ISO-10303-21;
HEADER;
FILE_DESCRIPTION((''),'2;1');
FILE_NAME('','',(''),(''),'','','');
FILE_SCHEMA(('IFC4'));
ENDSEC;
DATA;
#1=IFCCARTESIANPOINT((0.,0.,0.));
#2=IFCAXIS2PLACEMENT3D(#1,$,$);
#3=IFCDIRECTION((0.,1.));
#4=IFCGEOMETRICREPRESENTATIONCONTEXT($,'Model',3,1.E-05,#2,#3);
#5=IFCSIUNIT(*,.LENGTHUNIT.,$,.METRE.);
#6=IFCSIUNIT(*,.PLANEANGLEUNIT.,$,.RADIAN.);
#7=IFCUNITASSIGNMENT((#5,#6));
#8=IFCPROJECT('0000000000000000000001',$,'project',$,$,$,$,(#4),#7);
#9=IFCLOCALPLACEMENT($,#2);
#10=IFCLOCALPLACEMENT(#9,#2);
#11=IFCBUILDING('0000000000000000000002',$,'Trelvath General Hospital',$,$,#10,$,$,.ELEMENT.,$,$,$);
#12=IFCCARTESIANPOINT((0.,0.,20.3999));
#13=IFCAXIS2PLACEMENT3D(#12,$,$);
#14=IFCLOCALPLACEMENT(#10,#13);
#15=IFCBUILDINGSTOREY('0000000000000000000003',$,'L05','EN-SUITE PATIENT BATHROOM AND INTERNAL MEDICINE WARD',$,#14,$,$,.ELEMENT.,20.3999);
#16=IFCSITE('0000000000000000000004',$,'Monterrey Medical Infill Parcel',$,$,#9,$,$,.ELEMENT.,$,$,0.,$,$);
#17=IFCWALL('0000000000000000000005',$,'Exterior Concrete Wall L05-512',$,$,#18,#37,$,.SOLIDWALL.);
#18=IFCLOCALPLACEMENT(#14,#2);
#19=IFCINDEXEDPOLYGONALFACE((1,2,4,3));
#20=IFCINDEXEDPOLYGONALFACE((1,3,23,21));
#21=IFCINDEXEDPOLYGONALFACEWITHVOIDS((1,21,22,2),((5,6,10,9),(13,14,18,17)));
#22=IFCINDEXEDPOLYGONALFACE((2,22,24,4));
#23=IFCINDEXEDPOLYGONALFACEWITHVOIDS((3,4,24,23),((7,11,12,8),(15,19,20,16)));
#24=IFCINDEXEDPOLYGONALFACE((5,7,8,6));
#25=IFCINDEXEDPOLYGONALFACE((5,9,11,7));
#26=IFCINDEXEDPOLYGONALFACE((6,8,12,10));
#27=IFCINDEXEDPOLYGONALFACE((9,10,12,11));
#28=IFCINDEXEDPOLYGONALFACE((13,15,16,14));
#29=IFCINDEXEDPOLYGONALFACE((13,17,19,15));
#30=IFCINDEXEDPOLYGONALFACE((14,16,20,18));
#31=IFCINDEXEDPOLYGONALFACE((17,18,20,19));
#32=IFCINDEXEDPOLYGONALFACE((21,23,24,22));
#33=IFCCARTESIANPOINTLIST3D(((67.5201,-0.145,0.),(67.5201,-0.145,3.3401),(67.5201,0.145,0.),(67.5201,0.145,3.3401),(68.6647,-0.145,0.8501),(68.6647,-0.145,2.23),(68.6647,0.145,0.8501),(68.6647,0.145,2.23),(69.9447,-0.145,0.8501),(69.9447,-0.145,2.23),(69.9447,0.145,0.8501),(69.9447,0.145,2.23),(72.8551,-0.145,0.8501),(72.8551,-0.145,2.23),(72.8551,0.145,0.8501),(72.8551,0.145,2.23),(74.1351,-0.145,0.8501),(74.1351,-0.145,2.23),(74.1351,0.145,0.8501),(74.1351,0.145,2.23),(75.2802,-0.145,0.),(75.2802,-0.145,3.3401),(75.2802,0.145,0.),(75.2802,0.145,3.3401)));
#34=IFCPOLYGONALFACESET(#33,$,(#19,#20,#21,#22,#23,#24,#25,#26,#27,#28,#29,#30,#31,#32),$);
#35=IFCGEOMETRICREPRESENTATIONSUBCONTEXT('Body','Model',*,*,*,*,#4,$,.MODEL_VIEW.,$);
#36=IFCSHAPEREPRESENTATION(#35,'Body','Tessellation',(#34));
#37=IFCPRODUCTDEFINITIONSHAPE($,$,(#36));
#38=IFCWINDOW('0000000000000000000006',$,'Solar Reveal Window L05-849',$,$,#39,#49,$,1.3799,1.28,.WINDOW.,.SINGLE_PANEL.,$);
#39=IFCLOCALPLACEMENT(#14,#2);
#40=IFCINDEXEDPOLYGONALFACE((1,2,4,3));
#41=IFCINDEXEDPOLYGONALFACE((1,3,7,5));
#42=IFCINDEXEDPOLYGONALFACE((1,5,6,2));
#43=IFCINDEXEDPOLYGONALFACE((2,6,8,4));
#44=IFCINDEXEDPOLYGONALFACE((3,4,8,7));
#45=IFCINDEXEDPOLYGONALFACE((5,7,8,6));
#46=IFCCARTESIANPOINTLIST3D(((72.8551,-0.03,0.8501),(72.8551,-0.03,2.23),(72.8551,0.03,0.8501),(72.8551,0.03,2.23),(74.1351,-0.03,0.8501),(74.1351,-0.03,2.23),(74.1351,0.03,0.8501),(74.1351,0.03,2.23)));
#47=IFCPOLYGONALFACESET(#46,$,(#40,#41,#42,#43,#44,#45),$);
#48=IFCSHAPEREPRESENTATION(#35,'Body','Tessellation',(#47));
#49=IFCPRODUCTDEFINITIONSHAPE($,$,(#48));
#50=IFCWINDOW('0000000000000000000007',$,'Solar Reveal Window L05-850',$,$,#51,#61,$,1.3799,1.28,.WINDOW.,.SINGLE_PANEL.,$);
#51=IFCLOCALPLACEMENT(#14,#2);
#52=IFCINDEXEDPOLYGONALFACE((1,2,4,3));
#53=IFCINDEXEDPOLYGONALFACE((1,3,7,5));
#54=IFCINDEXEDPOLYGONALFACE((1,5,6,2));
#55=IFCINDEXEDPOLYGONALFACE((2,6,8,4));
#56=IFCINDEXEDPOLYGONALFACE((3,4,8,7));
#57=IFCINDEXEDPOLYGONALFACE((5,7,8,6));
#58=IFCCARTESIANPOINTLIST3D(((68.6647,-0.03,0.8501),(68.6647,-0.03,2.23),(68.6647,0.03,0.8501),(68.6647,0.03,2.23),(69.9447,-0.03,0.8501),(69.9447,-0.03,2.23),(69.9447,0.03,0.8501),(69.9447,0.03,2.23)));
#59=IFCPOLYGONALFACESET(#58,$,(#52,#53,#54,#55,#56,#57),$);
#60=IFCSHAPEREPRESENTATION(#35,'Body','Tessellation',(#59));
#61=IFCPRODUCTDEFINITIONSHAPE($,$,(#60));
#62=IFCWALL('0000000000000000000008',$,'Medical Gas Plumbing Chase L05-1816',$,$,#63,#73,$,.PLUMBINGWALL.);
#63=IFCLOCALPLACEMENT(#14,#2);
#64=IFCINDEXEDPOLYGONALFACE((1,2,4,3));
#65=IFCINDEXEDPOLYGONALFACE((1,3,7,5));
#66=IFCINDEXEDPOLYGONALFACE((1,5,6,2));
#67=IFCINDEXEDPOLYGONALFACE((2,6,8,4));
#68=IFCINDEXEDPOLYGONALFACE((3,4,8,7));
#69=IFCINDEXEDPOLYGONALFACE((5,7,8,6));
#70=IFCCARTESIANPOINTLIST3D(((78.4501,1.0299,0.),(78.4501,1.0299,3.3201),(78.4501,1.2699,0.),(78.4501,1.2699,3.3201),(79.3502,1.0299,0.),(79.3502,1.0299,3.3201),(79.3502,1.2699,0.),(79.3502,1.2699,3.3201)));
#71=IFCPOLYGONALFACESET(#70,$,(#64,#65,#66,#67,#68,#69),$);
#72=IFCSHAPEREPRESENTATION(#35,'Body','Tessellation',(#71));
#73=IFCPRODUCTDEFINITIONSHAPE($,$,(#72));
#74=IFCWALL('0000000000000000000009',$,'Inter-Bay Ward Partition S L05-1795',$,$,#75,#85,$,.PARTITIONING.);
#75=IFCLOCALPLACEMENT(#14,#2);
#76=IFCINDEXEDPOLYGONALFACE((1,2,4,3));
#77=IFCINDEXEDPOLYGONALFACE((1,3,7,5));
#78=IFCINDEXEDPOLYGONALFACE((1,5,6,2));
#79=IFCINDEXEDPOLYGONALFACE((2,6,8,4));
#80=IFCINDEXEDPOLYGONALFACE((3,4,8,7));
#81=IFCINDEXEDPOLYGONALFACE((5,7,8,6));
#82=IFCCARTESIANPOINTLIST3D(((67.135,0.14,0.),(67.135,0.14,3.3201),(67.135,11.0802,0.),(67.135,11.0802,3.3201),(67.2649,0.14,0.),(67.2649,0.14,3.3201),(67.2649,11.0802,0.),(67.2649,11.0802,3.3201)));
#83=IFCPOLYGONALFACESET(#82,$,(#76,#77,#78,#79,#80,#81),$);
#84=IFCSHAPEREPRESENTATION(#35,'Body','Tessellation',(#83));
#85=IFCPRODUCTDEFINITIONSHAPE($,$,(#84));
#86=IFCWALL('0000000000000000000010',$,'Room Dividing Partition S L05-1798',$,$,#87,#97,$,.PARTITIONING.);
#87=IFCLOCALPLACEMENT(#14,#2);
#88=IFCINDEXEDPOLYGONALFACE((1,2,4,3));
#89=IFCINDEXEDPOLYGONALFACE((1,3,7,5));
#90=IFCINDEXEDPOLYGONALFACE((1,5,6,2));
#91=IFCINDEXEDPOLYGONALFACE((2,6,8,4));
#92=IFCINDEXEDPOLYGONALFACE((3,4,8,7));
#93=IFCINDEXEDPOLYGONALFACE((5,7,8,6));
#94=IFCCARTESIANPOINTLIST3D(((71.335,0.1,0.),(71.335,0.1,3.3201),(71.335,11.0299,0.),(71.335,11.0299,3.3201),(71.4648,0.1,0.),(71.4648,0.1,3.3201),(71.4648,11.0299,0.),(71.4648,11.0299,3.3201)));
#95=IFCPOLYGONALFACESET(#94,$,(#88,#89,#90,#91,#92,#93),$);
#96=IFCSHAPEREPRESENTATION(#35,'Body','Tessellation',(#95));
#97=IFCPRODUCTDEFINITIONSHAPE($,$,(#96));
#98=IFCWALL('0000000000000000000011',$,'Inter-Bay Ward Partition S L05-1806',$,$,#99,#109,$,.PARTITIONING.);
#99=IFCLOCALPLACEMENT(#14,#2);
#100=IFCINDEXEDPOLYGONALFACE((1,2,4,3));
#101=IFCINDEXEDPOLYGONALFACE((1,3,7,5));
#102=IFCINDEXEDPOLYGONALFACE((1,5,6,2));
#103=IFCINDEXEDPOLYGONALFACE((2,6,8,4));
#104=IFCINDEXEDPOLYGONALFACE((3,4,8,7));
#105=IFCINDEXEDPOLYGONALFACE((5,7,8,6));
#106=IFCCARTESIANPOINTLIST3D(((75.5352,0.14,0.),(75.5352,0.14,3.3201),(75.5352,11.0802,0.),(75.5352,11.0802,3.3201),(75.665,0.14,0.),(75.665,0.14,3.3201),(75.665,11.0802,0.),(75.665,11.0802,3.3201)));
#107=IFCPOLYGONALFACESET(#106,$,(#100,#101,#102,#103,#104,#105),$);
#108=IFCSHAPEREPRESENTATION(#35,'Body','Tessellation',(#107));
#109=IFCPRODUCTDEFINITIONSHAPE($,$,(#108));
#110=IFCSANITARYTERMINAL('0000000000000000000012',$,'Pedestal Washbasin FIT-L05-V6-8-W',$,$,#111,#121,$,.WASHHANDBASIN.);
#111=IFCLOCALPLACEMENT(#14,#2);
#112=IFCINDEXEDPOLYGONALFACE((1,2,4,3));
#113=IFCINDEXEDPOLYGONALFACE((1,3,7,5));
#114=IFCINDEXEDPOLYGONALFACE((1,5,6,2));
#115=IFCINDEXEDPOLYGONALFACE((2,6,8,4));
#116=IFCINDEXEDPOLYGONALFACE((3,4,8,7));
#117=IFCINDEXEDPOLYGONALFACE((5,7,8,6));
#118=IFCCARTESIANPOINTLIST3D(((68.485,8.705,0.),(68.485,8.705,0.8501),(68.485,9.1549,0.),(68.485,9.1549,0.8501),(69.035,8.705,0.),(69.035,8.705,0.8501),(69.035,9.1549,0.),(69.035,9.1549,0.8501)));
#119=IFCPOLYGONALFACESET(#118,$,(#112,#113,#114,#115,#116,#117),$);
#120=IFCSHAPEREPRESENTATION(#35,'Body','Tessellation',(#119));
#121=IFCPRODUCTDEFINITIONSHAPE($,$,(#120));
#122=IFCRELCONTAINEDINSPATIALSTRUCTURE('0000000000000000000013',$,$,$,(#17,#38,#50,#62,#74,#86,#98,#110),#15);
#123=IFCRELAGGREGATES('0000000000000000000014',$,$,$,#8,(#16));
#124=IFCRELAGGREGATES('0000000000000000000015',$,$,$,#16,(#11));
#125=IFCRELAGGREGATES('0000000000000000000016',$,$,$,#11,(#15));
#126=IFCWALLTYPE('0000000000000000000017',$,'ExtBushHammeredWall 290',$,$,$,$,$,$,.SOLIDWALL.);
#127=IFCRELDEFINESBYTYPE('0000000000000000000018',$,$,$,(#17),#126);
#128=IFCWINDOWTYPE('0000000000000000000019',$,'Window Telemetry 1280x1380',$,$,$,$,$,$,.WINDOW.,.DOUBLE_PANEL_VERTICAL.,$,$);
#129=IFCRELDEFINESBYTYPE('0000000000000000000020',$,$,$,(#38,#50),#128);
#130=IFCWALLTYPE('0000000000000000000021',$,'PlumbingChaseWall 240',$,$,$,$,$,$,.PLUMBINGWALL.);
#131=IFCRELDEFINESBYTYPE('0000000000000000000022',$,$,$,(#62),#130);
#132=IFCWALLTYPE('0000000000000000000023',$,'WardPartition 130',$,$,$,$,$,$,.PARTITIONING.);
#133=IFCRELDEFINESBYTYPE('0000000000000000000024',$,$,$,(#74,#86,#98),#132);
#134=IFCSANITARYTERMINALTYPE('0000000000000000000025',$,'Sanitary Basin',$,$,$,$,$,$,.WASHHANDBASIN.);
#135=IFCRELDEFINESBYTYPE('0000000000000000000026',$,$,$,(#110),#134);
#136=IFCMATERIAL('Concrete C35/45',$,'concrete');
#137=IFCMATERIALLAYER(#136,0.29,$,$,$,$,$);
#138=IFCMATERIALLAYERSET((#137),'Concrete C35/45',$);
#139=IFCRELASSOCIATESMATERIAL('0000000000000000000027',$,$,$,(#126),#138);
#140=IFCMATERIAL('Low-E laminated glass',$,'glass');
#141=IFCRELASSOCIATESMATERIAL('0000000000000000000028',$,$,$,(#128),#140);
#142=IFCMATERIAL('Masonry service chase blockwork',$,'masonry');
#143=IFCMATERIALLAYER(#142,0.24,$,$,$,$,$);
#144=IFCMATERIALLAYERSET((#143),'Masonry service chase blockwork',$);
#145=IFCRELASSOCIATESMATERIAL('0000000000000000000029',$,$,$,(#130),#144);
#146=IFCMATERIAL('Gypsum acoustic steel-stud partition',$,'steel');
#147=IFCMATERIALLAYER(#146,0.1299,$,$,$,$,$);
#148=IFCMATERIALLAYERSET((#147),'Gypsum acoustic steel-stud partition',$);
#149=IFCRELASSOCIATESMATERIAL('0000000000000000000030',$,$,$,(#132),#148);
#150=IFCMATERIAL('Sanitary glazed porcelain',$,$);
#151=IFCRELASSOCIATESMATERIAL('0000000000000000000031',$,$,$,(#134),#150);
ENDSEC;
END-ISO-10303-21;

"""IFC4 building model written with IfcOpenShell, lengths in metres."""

from ifc_helpers import new_model, si_unit, direction, frame, frame_2d, origin, origin_2d, place, context, subcontext, project, spatial, rectangle, extrude, material, layer, layer_set, type_object, element, fill, save


model = new_model("IFC4")

# Units and contexts
model_context = context("Model", 3, precision=1e-05, world=origin(), true_north=direction((0.0, 1.0)))
body_context = subcontext(model_context, "Body", "Model", "MODEL_VIEW")
ifc_project = project(units=[si_unit("LENGTHUNIT", "METRE"), si_unit("PLANEANGLEUNIT", "RADIAN")], contexts=[model_context])

# Site, building, storey
site_placement = place(None, origin())
site = spatial("IfcSite", under=ifc_project, at=site_placement, Name="Monterrey Medical Infill Parcel", CompositionType="ELEMENT", RefElevation=0.0)
building_placement = place(site_placement, origin())
building = spatial("IfcBuilding", under=site, at=building_placement, Name="Trelvath General Hospital", CompositionType="ELEMENT")
storey_placement = place(building_placement, frame((0.0, 0.0, 20.3999)))
storey = spatial("IfcBuildingStorey", under=building, at=storey_placement, Name="L05", Description="EN-SUITE PATIENT BATHROOM AND INTERNAL MEDICINE WARD", CompositionType="ELEMENT", Elevation=20.3999)

# Wall, openings, windows
ifc_material_1 = material(Name="Concrete C35/45", Category="concrete")
ifc_layer_1 = layer(ifc_material_1, 0.29)
ifc_layer_set_1 = layer_set([ifc_layer_1], Name="Concrete C35/45")
wall_type_1 = type_object("IfcWallType", Name="ExtBushHammeredWall 290", PredefinedType="SOLIDWALL", material=ifc_layer_set_1)
wall_1_placement = place(storey_placement, frame((75.28, 0.0, 0.0), z_axis=(0.0, 0.0, 1.0), x_axis=(-1.0, 0.0, 0.0)))
wall_1 = element("IfcWall", 1, at=wall_1_placement, inside=storey, type_object=wall_type_1, Name="Exterior Concrete Wall L05-512", PredefinedType="SOLIDWALL", context=body_context, shape_type="SweptSolid", body=[
    extrude(rectangle(XDim=7.76, YDim=0.29, at=frame_2d((3.8799, 0.0))), origin(), (0.0, 0.0, 1.0), 3.3401),
])
opening_1_placement = place(wall_1_placement, frame((1.1448, 0.0, 0.8501)))
opening_1 = element("IfcOpeningElement", 2, at=opening_1_placement, cuts=wall_1, PredefinedType="OPENING", context=body_context, shape_type="SweptSolid", body=[
    extrude(rectangle(XDim=1.28, YDim=1.3799, at=frame_2d((0.6401, 0.6899))), frame((0.0, 0.155, 0.0), z_axis=(0.0, -1.0, 0.0), x_axis=(1.0, 0.0, 0.0)), (0.0, 0.0, 1.0), 0.3101),
])
opening_2_placement = place(wall_1_placement, frame((5.3352, 0.0, 0.8501)))
opening_2 = element("IfcOpeningElement", 3, at=opening_2_placement, cuts=wall_1, PredefinedType="OPENING", context=body_context, shape_type="SweptSolid", body=[
    extrude(rectangle(XDim=1.28, YDim=1.3799, at=frame_2d((0.6401, 0.6899))), frame((0.0, 0.155, 0.0), z_axis=(0.0, -1.0, 0.0), x_axis=(1.0, 0.0, 0.0)), (0.0, 0.0, 1.0), 0.3101),
])
ifc_material_2 = material(Name="Low-E laminated glass", Category="glass")
window_type = type_object("IfcWindowType", Name="Window Telemetry 1280x1380", PartitioningType="DOUBLE_PANEL_VERTICAL", PredefinedType="WINDOW", material=ifc_material_2)
window_1_placement = place(opening_1_placement, origin())
window_1 = element("IfcWindow", 4, at=window_1_placement, inside=storey, type_object=window_type, Name="Solar Reveal Window L05-849", OverallHeight=1.3799, OverallWidth=1.28, PartitioningType="SINGLE_PANEL", PredefinedType="WINDOW", context=body_context, shape_type="SweptSolid", body=[
    extrude(rectangle(XDim=1.28, YDim=1.3799, at=frame_2d((0.6401, 0.6899))), frame((0.0, 0.03, 0.0), z_axis=(0.0, -1.0, 0.0), x_axis=(1.0, 0.0, 0.0)), (0.0, 0.0, 1.0), 0.0601),
])
fill(opening_1, window_1)
window_2_placement = place(opening_2_placement, origin())
window_2 = element("IfcWindow", 5, at=window_2_placement, inside=storey, type_object=window_type, Name="Solar Reveal Window L05-850", OverallHeight=1.3799, OverallWidth=1.28, PartitioningType="SINGLE_PANEL", PredefinedType="WINDOW", context=body_context, shape_type="SweptSolid", body=[
    extrude(rectangle(XDim=1.28, YDim=1.3799, at=frame_2d((0.6401, 0.6899))), frame((0.0, 0.03, 0.0), z_axis=(0.0, -1.0, 0.0), x_axis=(1.0, 0.0, 0.0)), (0.0, 0.0, 1.0), 0.0601),
])
fill(opening_2, window_2)

# Walls
ifc_material_3 = material(Name="Masonry service chase blockwork", Category="masonry")
ifc_layer_2 = layer(ifc_material_3, 0.24)
ifc_layer_set_2 = layer_set([ifc_layer_2], Name="Masonry service chase blockwork")
wall_type_2 = type_object("IfcWallType", Name="PlumbingChaseWall 240", PredefinedType="PLUMBINGWALL", material=ifc_layer_set_2)
wall_2_placement = place(storey_placement, frame((78.45, 1.1499, 0.0), z_axis=(0.0, 0.0, 1.0), x_axis=(1.0, 0.0, 0.0)))
element("IfcWall", 6, at=wall_2_placement, inside=storey, type_object=wall_type_2, Name="Medical Gas Plumbing Chase L05-1816", PredefinedType="PLUMBINGWALL", context=body_context, shape_type="SweptSolid", body=[
    extrude(rectangle(XDim=0.9001, YDim=0.24, at=frame_2d((0.4502, 0.0))), origin(), (0.0, 0.0, 1.0), 3.3201),
])
ifc_material_4 = material(Name="Gypsum acoustic steel-stud partition", Category="steel")
ifc_layer_3 = layer(ifc_material_4, 0.1299)
ifc_layer_set_3 = layer_set([ifc_layer_3], Name="Gypsum acoustic steel-stud partition")
wall_type_3 = type_object("IfcWallType", Name="WardPartition 130", PredefinedType="PARTITIONING", material=ifc_layer_set_3)
wall_3_placement = place(storey_placement, frame((67.2, 0.1399, 0.0), z_axis=(0.0, 0.0, 1.0), x_axis=(0.0, 1.0, 0.0)))
element("IfcWall", 7, at=wall_3_placement, inside=storey, type_object=wall_type_3, Name="Inter-Bay Ward Partition S L05-1795", PredefinedType="PARTITIONING", context=body_context, shape_type="SweptSolid", body=[
    extrude(rectangle(XDim=10.9402, YDim=0.1299, at=frame_2d((5.4702, 0.0))), origin(), (0.0, 0.0, 1.0), 3.3201),
])
wall_4_placement = place(storey_placement, frame((71.3999, 0.1001, 0.0), z_axis=(0.0, 0.0, 1.0), x_axis=(0.0, 1.0, 0.0)))
element("IfcWall", 8, at=wall_4_placement, inside=storey, type_object=wall_type_3, Name="Room Dividing Partition S L05-1798", PredefinedType="PARTITIONING", context=body_context, shape_type="SweptSolid", body=[
    extrude(rectangle(XDim=10.9299, YDim=0.1299, at=frame_2d((5.4648, 0.0))), origin(), (0.0, 0.0, 1.0), 3.3201),
])
wall_5_placement = place(storey_placement, frame((75.6001, 0.1399, 0.0), z_axis=(0.0, 0.0, 1.0), x_axis=(0.0, 1.0, 0.0)))
element("IfcWall", 9, at=wall_5_placement, inside=storey, type_object=wall_type_3, Name="Inter-Bay Ward Partition S L05-1806", PredefinedType="PARTITIONING", context=body_context, shape_type="SweptSolid", body=[
    extrude(rectangle(XDim=10.9402, YDim=0.1299, at=frame_2d((5.4702, 0.0))), origin(), (0.0, 0.0, 1.0), 3.3201),
])

# Sanitary terminal
ifc_material_5 = material(Name="Sanitary glazed porcelain")
sanitary_terminal_type = type_object("IfcSanitaryTerminalType", Name="Sanitary Basin", PredefinedType="WASHHANDBASIN", material=ifc_material_5)
sanitary_terminal_placement = place(storey_placement, frame((68.76, 8.9299, 0.0), z_axis=(0.0, 0.0, 1.0), x_axis=(1.0, 0.0, 0.0)))
element("IfcSanitaryTerminal", 10, at=sanitary_terminal_placement, inside=storey, type_object=sanitary_terminal_type, Name="Pedestal Washbasin FIT-L05-V6-8-W", PredefinedType="WASHHANDBASIN", context=body_context, shape_type="SweptSolid", body=[
    extrude(rectangle(XDim=0.55, YDim=0.45, at=origin_2d()), origin(), (0.0, 0.0, 1.0), 0.8501),
])

save(model, "model.ifc")
